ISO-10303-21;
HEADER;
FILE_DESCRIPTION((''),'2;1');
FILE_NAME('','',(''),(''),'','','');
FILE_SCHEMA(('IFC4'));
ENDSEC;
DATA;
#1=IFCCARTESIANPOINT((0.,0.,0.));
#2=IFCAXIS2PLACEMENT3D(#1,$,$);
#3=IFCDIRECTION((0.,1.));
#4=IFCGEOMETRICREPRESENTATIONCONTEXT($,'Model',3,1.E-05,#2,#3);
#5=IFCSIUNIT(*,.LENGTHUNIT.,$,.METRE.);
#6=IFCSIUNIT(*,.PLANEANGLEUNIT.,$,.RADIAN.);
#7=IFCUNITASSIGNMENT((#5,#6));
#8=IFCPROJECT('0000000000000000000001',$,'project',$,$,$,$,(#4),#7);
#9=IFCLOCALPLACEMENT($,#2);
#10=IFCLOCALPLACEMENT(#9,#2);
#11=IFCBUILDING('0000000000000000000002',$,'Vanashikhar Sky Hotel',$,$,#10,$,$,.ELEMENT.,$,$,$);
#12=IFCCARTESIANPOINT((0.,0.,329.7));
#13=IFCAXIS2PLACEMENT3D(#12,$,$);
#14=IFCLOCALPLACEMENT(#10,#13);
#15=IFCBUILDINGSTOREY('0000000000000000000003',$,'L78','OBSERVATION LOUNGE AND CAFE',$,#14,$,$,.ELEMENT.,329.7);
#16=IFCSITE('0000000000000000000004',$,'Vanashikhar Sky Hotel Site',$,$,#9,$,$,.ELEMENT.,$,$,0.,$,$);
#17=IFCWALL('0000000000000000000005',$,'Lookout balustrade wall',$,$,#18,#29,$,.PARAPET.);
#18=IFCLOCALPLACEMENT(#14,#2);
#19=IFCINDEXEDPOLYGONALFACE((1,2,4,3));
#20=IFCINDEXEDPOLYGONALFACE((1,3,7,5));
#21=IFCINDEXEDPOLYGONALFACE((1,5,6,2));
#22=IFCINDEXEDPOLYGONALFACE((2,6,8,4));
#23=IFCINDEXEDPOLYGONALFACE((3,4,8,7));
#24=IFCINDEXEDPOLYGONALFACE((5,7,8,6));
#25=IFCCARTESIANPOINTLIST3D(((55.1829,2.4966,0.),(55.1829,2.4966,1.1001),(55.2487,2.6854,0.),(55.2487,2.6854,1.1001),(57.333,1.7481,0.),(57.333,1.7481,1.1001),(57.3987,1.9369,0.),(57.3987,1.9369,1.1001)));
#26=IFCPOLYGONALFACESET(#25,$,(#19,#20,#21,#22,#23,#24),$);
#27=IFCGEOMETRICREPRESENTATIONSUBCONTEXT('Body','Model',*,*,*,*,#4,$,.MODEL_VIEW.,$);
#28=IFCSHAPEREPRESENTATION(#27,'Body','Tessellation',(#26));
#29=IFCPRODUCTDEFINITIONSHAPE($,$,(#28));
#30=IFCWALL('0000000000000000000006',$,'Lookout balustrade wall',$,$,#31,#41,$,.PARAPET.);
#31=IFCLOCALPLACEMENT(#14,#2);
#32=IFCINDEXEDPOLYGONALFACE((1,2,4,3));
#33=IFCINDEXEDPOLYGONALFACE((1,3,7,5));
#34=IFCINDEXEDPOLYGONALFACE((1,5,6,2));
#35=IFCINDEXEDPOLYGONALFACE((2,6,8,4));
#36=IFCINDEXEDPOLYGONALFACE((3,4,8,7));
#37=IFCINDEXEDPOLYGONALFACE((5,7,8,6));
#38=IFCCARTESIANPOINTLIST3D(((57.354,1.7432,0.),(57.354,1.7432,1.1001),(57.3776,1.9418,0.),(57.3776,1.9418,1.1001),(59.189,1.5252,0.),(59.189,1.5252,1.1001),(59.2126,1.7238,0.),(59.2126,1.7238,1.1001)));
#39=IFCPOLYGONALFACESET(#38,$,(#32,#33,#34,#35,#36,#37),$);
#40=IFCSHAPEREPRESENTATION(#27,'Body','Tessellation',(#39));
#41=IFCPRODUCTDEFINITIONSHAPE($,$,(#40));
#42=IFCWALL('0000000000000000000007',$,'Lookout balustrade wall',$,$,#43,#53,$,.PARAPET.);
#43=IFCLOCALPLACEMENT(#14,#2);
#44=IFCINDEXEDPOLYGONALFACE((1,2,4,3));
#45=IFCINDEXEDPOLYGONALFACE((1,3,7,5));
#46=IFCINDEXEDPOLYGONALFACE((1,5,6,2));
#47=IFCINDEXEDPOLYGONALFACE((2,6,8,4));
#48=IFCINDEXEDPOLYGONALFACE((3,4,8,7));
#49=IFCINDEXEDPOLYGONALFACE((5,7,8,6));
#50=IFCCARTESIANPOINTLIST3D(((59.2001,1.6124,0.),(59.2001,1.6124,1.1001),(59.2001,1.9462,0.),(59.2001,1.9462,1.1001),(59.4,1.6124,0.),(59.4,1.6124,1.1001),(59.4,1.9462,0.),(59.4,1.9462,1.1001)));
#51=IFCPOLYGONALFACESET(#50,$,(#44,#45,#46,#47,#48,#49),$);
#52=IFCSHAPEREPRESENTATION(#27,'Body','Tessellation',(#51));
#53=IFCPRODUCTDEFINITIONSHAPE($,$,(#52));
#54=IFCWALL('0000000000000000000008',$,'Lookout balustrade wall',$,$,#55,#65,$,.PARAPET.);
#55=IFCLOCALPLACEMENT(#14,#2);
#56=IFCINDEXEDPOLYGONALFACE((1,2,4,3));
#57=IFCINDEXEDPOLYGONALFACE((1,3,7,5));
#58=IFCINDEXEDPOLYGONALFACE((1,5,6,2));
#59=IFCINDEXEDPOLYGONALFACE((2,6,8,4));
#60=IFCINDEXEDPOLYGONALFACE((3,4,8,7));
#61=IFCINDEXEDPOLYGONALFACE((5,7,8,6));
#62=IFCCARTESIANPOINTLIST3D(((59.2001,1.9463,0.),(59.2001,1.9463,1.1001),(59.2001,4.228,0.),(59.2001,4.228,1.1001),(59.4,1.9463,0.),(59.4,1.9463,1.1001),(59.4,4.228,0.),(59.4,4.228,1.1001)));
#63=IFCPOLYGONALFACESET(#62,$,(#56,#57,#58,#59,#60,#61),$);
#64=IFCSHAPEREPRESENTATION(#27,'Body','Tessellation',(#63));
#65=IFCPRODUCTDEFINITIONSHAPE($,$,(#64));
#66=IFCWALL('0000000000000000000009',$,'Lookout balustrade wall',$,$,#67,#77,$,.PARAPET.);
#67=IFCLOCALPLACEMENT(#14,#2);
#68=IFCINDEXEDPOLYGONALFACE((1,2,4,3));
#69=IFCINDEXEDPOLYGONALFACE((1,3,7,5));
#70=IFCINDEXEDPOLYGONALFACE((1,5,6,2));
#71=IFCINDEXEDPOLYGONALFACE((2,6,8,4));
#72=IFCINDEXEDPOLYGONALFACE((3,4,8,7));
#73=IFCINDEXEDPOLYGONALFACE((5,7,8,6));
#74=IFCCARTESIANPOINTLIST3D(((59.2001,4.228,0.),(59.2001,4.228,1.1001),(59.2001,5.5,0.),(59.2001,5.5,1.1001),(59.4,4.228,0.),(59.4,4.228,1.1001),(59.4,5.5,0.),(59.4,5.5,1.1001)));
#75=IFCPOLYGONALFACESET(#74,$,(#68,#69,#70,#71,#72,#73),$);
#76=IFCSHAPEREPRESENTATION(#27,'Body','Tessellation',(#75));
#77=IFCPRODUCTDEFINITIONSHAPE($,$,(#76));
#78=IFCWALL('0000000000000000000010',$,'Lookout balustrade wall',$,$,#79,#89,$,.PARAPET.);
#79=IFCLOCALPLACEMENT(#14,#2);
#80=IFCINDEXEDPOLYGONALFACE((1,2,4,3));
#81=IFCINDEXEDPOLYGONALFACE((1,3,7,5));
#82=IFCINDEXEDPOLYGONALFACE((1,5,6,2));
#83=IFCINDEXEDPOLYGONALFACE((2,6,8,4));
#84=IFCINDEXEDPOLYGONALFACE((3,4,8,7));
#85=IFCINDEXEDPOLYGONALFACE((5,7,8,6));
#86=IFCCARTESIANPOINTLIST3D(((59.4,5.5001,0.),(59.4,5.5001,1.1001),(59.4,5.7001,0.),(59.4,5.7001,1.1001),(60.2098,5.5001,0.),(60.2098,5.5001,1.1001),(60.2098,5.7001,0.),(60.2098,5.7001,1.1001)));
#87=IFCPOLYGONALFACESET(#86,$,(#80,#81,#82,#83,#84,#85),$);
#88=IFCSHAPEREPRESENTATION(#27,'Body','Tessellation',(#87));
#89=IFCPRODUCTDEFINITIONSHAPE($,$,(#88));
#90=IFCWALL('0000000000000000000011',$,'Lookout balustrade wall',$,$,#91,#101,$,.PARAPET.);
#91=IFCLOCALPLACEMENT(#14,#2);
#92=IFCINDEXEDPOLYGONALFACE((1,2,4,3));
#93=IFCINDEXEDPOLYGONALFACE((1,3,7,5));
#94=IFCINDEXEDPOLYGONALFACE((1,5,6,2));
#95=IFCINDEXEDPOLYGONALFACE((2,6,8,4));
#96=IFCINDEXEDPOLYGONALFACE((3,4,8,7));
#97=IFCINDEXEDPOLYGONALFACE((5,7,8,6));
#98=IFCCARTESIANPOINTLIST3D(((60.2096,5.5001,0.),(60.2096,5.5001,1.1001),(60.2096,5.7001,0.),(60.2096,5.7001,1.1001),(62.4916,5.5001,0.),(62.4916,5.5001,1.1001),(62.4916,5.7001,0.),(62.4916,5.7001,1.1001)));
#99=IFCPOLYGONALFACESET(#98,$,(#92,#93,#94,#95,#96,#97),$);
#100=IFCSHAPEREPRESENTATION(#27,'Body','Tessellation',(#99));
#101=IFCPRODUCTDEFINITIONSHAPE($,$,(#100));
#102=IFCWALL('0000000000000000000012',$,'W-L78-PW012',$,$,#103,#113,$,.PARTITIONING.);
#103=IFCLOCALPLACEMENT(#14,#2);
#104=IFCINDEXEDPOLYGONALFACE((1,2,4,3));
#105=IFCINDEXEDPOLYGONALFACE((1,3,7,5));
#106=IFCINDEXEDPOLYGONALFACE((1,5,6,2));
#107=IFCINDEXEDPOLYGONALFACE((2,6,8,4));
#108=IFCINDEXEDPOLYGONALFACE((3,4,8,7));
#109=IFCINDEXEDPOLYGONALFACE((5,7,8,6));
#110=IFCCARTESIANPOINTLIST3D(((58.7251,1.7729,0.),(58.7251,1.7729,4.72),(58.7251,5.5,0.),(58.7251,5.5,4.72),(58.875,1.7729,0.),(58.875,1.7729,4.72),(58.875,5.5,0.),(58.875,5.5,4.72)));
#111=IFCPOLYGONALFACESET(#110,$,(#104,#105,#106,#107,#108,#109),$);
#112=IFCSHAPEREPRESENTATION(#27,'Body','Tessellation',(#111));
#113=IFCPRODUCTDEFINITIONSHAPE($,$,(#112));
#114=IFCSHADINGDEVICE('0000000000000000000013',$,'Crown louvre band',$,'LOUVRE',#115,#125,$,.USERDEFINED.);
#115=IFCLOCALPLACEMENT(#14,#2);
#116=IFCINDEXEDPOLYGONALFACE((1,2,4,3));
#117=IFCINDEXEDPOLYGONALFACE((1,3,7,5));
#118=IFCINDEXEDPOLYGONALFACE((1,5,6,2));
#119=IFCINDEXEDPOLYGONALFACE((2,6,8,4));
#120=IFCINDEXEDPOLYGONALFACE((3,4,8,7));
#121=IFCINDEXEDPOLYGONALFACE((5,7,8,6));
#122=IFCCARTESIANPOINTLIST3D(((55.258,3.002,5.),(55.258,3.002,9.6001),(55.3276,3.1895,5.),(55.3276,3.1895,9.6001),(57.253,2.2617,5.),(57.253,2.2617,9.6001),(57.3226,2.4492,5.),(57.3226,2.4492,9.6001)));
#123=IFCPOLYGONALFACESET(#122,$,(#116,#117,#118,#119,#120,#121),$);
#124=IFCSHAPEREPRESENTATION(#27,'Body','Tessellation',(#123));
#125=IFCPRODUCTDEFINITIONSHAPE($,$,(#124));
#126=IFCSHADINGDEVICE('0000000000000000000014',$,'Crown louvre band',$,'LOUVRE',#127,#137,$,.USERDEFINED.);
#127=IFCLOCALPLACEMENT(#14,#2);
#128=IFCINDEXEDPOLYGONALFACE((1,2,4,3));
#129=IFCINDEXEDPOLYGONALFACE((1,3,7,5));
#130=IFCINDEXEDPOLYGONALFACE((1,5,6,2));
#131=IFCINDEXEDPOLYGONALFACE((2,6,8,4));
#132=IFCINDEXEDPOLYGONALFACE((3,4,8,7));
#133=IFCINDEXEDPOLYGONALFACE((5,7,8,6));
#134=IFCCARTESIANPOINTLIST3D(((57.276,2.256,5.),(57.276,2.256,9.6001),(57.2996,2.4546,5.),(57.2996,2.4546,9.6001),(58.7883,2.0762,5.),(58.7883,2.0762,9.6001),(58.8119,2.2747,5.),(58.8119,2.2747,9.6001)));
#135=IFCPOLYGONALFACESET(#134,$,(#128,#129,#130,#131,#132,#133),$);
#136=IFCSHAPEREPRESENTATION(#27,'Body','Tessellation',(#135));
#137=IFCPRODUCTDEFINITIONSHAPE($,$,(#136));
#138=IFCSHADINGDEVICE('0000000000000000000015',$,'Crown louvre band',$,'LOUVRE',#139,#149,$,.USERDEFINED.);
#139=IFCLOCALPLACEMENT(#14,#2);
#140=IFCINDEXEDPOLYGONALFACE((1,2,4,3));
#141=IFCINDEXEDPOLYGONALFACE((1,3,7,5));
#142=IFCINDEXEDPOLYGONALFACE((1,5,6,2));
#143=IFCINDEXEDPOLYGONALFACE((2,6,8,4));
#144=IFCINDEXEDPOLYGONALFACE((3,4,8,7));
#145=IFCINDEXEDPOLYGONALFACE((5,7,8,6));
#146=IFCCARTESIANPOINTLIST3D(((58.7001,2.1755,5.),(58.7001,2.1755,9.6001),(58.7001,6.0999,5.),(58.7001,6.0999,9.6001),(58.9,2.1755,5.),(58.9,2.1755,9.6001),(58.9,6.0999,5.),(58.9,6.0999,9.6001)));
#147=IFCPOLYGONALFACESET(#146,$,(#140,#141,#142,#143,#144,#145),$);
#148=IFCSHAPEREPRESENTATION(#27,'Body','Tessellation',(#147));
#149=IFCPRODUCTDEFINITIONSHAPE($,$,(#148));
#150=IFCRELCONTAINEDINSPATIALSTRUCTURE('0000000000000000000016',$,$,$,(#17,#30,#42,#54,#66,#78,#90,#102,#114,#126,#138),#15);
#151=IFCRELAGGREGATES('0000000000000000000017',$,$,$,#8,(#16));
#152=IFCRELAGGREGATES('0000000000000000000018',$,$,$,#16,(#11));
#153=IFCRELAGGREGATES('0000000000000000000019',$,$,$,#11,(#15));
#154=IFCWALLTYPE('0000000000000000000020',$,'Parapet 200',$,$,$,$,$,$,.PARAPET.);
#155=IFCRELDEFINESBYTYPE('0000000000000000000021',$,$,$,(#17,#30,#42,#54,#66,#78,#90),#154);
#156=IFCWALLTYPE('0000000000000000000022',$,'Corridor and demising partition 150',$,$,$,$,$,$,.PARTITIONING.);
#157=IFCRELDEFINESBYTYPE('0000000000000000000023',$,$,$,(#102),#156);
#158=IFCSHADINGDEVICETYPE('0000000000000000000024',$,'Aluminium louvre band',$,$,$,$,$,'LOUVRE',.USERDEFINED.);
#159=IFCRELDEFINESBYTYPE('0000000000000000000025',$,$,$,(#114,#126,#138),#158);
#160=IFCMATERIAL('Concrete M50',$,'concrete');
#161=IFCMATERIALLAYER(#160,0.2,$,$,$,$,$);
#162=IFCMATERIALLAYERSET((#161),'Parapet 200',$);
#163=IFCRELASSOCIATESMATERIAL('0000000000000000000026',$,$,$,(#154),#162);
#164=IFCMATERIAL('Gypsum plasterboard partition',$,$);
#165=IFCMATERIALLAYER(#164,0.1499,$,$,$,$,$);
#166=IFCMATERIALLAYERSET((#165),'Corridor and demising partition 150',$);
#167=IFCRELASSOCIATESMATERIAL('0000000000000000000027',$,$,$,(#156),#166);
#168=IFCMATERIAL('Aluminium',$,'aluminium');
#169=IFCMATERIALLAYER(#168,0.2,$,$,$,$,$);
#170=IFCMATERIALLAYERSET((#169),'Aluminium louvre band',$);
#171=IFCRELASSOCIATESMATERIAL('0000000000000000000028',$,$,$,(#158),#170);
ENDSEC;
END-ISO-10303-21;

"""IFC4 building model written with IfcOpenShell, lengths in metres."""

from ifc_helpers import new_model, si_unit, direction, frame, frame_2d, origin, origin_2d, place, context, subcontext, project, spatial, rectangle, extrude, source, transform, mapped, material, layer, layer_set, type_object, element, save


model = new_model("IFC4")

# Units and contexts
model_context = context("Model", 3, precision=1e-05, world=origin(), true_north=direction((0.0, 1.0)))
body_context = subcontext(model_context, "Body", "Model", "MODEL_VIEW")
ifc_project = project(units=[si_unit("LENGTHUNIT", "METRE"), si_unit("PLANEANGLEUNIT", "RADIAN")], contexts=[model_context])

# Site, building, storey
site_placement = place(None, origin())
site = spatial("IfcSite", under=ifc_project, at=site_placement, Name="Vanashikhar Sky Hotel Site", CompositionType="ELEMENT", RefElevation=0.0)
building_placement = place(site_placement, origin())
building = spatial("IfcBuilding", under=site, at=building_placement, Name="Vanashikhar Sky Hotel", CompositionType="ELEMENT")
storey_placement = place(building_placement, frame((0.0, 0.0, 329.7)))
storey = spatial("IfcBuildingStorey", under=building, at=storey_placement, Name="L78", Description="OBSERVATION LOUNGE AND CAFE", CompositionType="ELEMENT", Elevation=329.7)

# Walls
ifc_material_1 = material(Name="Concrete M50", Category="concrete")
ifc_layer_1 = layer(ifc_material_1, 0.2)
ifc_layer_set_1 = layer_set([ifc_layer_1], Name="Parapet 200")
wall_type_1 = type_object("IfcWallType", Name="Parapet 200", PredefinedType="PARAPET", material=ifc_layer_set_1)
shared_shape_1 = source(origin(), body_context, "Body", "SweptSolid", [
    extrude(rectangle(XDim=2.2766, YDim=0.2, at=frame_2d((1.1382, 0.0))), origin(), (0.0, 0.0, 1.0), 1.1001),
])
wall_1_placement = place(storey_placement, frame((57.3657, 1.8425, 0.0), z_axis=(0.0, 0.0, 1.0), x_axis=(-0.944407, 0.328778, 0.0)))
element("IfcWall", 1, at=wall_1_placement, inside=storey, type_object=wall_type_1, Name="Lookout balustrade wall", PredefinedType="PARAPET", context=body_context, shape_type="MappedRepresentation", body=[
    mapped(shared_shape_1, transform((0.0, 0.0, 0.0), scale=1.0)),
])
shared_shape_2 = source(origin(), body_context, "Body", "SweptSolid", [
    extrude(rectangle(XDim=1.8479, YDim=0.2, at=frame_2d((0.9238, 0.0))), origin(), (0.0, 0.0, 1.0), 1.1001),
])
wall_2_placement = place(storey_placement, frame((59.2007, 1.6245, 0.0), z_axis=(0.0, 0.0, 1.0), x_axis=(-0.993016, 0.117983, 0.0)))
element("IfcWall", 2, at=wall_2_placement, inside=storey, type_object=wall_type_1, Name="Lookout balustrade wall", PredefinedType="PARAPET", context=body_context, shape_type="MappedRepresentation", body=[
    mapped(shared_shape_2, transform((0.0, 0.0, 0.0), scale=1.0)),
])
shared_shape_3 = source(origin(), body_context, "Body", "SweptSolid", [
    extrude(rectangle(XDim=0.3337, YDim=0.2, at=frame_2d((0.167, 0.0))), origin(), (0.0, 0.0, 1.0), 1.1001),
])
wall_3_placement = place(storey_placement, frame((59.3, 1.9463, 0.0), z_axis=(0.0, 0.0, 1.0), x_axis=(0.0, -1.0, 0.0)))
element("IfcWall", 3, at=wall_3_placement, inside=storey, type_object=wall_type_1, Name="Lookout balustrade wall", PredefinedType="PARAPET", context=body_context, shape_type="MappedRepresentation", body=[
    mapped(shared_shape_3, transform((0.0, 0.0, 0.0), scale=1.0)),
])
shared_shape_4 = source(origin(), body_context, "Body", "SweptSolid", [
    extrude(rectangle(XDim=2.2817, YDim=0.2, at=frame_2d((1.1409, 0.0))), origin(), (0.0, 0.0, 1.0), 1.1001),
])
wall_4_placement = place(storey_placement, frame((59.3, 4.228, 0.0), z_axis=(0.0, 0.0, 1.0), x_axis=(0.0, -1.0, 0.0)))
element("IfcWall", 4, at=wall_4_placement, inside=storey, type_object=wall_type_1, Name="Lookout balustrade wall", PredefinedType="PARAPET", context=body_context, shape_type="MappedRepresentation", body=[
    mapped(shared_shape_4, transform((0.0, 0.0, 0.0), scale=1.0)),
])
shared_shape_5 = source(origin(), body_context, "Body", "SweptSolid", [
    extrude(rectangle(XDim=1.272, YDim=0.2, at=frame_2d((0.636, 0.0))), origin(), (0.0, 0.0, 1.0), 1.1001),
])
wall_5_placement = place(storey_placement, frame((59.3, 5.5, 0.0), z_axis=(0.0, 0.0, 1.0), x_axis=(0.0, -1.0, 0.0)))
element("IfcWall", 5, at=wall_5_placement, inside=storey, type_object=wall_type_1, Name="Lookout balustrade wall", PredefinedType="PARAPET", context=body_context, shape_type="MappedRepresentation", body=[
    mapped(shared_shape_5, transform((0.0, 0.0, 0.0), scale=1.0)),
])
shared_shape_6 = source(origin(), body_context, "Body", "SweptSolid", [
    extrude(rectangle(XDim=0.8098, YDim=0.2, at=frame_2d((0.4048, 0.0))), origin(), (0.0, 0.0, 1.0), 1.1001),
])
wall_6_placement = place(storey_placement, frame((60.2097, 5.6001, 0.0), z_axis=(0.0, 0.0, 1.0), x_axis=(-1.0, 0.0, 0.0)))
element("IfcWall", 6, at=wall_6_placement, inside=storey, type_object=wall_type_1, Name="Lookout balustrade wall", PredefinedType="PARAPET", context=body_context, shape_type="MappedRepresentation", body=[
    mapped(shared_shape_6, transform((0.0, 0.0, 0.0), scale=1.0)),
])
shared_shape_7 = source(origin(), body_context, "Body", "SweptSolid", [
    extrude(rectangle(XDim=2.282, YDim=0.2, at=frame_2d((1.1411, 0.0))), origin(), (0.0, 0.0, 1.0), 1.1001),
])
wall_7_placement = place(storey_placement, frame((62.4917, 5.6001, 0.0), z_axis=(0.0, 0.0, 1.0), x_axis=(-1.0, 0.0, 0.0)))
element("IfcWall", 7, at=wall_7_placement, inside=storey, type_object=wall_type_1, Name="Lookout balustrade wall", PredefinedType="PARAPET", context=body_context, shape_type="MappedRepresentation", body=[
    mapped(shared_shape_7, transform((0.0, 0.0, 0.0), scale=1.0)),
])
ifc_material_2 = material(Name="Gypsum plasterboard partition")
ifc_layer_2 = layer(ifc_material_2, 0.1499)
ifc_layer_set_2 = layer_set([ifc_layer_2], Name="Corridor and demising partition 150")
wall_type_2 = type_object("IfcWallType", Name="Corridor and demising partition 150", PredefinedType="PARTITIONING", material=ifc_layer_set_2)
shared_shape_8 = source(origin(), body_context, "Body", "SweptSolid", [
    extrude(rectangle(XDim=3.7271, YDim=0.1499, at=frame_2d((1.8635, 0.0))), origin(), (0.0, 0.0, 1.0), 4.72),
])
wall_8_placement = place(storey_placement, frame((58.8, 1.7729, 0.0), z_axis=(0.0, 0.0, 1.0), x_axis=(0.0, 1.0, 0.0)))
element("IfcWall", 8, at=wall_8_placement, inside=storey, type_object=wall_type_2, Name="W-L78-PW012", PredefinedType="PARTITIONING", context=body_context, shape_type="MappedRepresentation", body=[
    mapped(shared_shape_8, transform((0.0, 0.0, 0.0), scale=1.0)),
])

# Shading devices
ifc_material_3 = material(Name="Aluminium", Category="aluminium")
ifc_layer_3 = layer(ifc_material_3, 0.2)
ifc_layer_set_3 = layer_set([ifc_layer_3], Name="Aluminium louvre band")
shading_device_type = type_object("IfcShadingDeviceType", Name="Aluminium louvre band", ElementType="LOUVRE", PredefinedType="USERDEFINED", material=ifc_layer_set_3)
shared_shape_9 = source(origin(), body_context, "Body", "SweptSolid", [
    extrude(rectangle(XDim=2.1279, YDim=0.2, at=origin_2d()), origin(), (0.0, 0.0, 1.0), 4.6001),
])
shading_device_1_placement = place(storey_placement, frame((56.2903, 2.7256, 5.0), z_axis=(0.0, 0.0, 1.0), x_axis=(-0.937537, 0.347885, 0.0)))
element("IfcShadingDevice", 9, at=shading_device_1_placement, inside=storey, type_object=shading_device_type, Name="Crown louvre band", ObjectType="LOUVRE", PredefinedType="USERDEFINED", context=body_context, shape_type="MappedRepresentation", body=[
    mapped(shared_shape_9, transform((0.0, 0.0, 0.0), scale=1.0)),
])
shared_shape_10 = source(origin(), body_context, "Body", "SweptSolid", [
    extrude(rectangle(XDim=1.5229, YDim=0.2, at=origin_2d()), origin(), (0.0, 0.0, 1.0), 4.6001),
])
shading_device_2_placement = place(storey_placement, frame((58.0439, 2.2654, 5.0), z_axis=(0.0, 0.0, 1.0), x_axis=(-0.993005, 0.118075, 0.0)))
element("IfcShadingDevice", 10, at=shading_device_2_placement, inside=storey, type_object=shading_device_type, Name="Crown louvre band", ObjectType="LOUVRE", PredefinedType="USERDEFINED", context=body_context, shape_type="MappedRepresentation", body=[
    mapped(shared_shape_10, transform((0.0, 0.0, 0.0), scale=1.0)),
])
shared_shape_11 = source(origin(), body_context, "Body", "SweptSolid", [
    extrude(rectangle(XDim=3.9243, YDim=0.2, at=origin_2d()), origin(), (0.0, 0.0, 1.0), 4.6001),
])
shading_device_3_placement = place(storey_placement, frame((58.8, 4.1377, 5.0), z_axis=(0.0, 0.0, 1.0), x_axis=(0.0, -1.0, 0.0)))
element("IfcShadingDevice", 11, at=shading_device_3_placement, inside=storey, type_object=shading_device_type, Name="Crown louvre band", ObjectType="LOUVRE", PredefinedType="USERDEFINED", context=body_context, shape_type="MappedRepresentation", body=[
    mapped(shared_shape_11, transform((0.0, 0.0, 0.0), scale=1.0)),
])

save(model, "model.ifc")
